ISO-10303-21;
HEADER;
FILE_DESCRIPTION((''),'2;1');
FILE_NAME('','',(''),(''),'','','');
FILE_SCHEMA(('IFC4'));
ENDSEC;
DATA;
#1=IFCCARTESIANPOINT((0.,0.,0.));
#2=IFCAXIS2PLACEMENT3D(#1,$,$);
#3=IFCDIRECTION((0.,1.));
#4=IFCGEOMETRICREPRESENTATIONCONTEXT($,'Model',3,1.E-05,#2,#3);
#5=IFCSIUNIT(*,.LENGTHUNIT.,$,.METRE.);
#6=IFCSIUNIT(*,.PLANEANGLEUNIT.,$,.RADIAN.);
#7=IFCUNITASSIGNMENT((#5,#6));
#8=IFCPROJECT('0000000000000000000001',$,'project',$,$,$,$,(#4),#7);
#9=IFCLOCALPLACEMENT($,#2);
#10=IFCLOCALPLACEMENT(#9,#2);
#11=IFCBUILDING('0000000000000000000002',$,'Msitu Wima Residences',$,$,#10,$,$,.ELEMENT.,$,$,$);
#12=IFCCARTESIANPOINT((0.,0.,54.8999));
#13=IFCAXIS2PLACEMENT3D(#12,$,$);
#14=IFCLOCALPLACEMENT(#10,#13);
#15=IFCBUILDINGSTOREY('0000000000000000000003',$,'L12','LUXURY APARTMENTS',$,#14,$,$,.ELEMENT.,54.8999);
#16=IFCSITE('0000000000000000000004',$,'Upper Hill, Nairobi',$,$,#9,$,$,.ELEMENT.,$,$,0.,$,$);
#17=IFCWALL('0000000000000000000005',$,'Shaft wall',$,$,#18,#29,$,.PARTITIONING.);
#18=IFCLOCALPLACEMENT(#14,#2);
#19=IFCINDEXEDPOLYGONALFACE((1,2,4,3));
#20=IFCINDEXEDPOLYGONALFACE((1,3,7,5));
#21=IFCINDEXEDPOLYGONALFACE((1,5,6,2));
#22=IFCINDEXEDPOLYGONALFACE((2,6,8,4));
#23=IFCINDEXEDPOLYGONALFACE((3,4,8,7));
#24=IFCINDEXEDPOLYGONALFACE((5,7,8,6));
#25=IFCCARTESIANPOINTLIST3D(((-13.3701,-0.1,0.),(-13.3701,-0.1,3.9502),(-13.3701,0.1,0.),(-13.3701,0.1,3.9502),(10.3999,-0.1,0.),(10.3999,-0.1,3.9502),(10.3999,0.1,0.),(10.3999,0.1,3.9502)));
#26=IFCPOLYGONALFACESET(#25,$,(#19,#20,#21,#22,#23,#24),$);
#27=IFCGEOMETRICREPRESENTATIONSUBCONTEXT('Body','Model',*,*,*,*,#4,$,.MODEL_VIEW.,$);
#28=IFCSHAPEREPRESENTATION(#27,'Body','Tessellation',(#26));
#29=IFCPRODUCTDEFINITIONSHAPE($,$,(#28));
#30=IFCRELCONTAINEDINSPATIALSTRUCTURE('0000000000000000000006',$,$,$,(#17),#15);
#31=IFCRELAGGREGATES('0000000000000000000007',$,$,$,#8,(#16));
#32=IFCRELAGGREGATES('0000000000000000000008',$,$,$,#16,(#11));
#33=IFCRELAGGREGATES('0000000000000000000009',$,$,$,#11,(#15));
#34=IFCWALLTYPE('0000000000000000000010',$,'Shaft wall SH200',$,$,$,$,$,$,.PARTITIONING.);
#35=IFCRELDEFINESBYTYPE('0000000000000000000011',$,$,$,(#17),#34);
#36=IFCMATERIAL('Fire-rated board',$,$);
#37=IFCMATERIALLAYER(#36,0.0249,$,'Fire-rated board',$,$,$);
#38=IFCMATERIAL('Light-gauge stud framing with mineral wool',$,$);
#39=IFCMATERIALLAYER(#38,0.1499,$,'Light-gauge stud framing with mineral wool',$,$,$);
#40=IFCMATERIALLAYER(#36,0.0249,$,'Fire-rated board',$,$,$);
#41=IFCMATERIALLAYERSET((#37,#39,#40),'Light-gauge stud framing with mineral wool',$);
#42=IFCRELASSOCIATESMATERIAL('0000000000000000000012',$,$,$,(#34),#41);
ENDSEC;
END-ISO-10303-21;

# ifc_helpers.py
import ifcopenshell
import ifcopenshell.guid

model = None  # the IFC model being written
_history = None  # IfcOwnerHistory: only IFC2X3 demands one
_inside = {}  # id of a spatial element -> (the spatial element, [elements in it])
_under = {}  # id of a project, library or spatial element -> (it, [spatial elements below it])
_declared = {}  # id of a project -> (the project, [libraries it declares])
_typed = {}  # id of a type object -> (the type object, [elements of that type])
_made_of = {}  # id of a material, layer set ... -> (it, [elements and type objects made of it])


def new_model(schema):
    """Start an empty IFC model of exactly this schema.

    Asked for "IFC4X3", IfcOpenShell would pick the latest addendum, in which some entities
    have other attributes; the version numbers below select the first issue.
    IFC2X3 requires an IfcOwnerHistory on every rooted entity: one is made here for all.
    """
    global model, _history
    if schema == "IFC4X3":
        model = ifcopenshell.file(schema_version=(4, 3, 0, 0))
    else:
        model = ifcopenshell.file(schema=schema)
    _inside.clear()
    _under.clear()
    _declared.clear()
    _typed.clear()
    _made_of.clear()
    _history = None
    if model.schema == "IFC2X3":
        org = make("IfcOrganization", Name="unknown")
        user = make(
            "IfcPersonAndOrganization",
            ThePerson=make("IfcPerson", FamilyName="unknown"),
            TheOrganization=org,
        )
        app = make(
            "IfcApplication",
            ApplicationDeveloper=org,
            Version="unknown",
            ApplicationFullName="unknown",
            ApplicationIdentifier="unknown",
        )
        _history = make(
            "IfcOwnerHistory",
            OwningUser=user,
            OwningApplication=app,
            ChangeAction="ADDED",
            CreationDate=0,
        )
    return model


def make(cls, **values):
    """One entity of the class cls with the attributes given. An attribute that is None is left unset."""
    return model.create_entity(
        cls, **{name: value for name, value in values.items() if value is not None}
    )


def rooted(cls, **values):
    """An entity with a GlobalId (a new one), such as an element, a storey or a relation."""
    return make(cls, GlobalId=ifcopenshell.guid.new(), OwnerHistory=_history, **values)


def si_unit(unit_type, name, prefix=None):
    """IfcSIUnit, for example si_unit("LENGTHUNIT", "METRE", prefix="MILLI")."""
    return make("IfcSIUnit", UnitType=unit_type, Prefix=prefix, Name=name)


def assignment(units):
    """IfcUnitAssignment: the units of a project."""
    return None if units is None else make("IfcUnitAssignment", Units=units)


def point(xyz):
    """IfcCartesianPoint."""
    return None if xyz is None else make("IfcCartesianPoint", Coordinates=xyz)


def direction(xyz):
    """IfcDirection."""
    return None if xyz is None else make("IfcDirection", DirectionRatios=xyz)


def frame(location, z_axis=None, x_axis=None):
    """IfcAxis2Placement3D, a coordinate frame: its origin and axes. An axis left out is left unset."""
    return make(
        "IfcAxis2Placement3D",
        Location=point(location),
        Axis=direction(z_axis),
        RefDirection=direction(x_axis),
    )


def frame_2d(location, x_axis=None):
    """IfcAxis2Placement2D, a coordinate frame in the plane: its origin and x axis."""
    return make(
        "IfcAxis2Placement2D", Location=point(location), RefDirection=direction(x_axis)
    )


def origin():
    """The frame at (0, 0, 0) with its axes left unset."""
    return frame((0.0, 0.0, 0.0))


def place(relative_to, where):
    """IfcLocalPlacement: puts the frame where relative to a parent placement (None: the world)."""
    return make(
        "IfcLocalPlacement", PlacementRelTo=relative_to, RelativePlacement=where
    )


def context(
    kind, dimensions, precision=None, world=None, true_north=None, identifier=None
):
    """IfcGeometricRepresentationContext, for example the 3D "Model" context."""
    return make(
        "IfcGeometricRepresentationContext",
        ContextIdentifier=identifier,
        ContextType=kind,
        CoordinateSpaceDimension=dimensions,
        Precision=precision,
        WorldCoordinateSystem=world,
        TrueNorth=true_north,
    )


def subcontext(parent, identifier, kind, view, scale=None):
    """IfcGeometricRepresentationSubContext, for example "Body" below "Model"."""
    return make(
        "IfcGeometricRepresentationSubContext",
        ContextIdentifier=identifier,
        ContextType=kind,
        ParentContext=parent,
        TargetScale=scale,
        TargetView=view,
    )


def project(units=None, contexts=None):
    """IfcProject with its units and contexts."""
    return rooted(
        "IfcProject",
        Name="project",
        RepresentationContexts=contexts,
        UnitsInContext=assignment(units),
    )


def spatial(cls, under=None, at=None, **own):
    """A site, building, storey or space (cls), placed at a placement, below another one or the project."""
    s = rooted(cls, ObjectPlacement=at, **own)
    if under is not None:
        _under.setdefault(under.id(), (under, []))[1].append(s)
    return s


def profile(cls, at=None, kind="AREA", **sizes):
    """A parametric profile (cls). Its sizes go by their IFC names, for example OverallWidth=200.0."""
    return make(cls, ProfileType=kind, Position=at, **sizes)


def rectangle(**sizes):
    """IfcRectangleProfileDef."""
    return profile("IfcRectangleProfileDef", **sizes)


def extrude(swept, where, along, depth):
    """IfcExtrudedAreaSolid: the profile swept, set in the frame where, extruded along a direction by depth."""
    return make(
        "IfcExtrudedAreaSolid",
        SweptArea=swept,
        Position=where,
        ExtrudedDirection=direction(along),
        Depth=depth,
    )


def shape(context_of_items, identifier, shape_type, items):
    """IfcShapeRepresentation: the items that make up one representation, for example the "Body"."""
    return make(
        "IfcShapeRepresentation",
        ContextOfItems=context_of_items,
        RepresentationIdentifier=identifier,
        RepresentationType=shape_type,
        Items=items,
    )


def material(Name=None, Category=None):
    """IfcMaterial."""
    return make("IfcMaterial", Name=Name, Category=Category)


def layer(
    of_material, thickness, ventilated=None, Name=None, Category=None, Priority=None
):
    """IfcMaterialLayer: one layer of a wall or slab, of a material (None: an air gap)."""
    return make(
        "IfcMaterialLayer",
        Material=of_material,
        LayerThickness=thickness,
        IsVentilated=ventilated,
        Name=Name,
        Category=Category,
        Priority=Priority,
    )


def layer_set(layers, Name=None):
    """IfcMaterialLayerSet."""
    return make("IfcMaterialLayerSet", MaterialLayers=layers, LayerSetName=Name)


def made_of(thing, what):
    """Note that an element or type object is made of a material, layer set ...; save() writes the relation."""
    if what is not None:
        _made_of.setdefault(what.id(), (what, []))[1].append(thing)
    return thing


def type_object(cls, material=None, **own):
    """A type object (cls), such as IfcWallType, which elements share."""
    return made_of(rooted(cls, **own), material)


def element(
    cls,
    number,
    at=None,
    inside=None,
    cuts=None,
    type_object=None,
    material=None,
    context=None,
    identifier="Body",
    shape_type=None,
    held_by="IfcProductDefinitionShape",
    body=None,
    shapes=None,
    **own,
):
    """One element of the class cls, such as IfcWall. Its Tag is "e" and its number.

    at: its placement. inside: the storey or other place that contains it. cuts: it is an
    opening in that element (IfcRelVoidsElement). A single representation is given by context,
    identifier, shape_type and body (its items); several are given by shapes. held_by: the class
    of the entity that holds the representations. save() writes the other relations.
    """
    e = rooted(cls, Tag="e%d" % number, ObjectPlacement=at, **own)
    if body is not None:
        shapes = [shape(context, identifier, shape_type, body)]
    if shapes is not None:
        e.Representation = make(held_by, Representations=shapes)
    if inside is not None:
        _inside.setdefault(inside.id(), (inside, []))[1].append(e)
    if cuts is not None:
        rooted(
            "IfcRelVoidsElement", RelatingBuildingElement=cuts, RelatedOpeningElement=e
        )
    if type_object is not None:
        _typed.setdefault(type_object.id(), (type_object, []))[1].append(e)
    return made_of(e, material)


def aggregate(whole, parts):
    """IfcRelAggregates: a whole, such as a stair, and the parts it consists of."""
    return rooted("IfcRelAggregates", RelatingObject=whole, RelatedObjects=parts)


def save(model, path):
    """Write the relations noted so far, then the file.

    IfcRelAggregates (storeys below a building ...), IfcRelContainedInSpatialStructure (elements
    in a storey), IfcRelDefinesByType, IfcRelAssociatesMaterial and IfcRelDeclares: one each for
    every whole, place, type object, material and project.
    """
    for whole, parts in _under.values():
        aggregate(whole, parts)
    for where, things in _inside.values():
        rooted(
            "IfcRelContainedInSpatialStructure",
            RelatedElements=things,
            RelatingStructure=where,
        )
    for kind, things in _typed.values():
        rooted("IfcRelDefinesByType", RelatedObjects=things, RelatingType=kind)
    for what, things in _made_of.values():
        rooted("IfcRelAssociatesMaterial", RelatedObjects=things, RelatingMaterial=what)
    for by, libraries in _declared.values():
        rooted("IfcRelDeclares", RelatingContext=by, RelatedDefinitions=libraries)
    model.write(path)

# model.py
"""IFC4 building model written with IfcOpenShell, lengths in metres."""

from ifc_helpers import new_model, si_unit, direction, frame, frame_2d, origin, place, context, subcontext, project, spatial, rectangle, extrude, material, layer, layer_set, type_object, element, save


model = new_model("IFC4")

# Units and contexts
model_context = context("Model", 3, precision=1e-05, world=origin(), true_north=direction((0.0, 1.0)))
body_context = subcontext(model_context, "Body", "Model", "MODEL_VIEW")
ifc_project = project(units=[si_unit("LENGTHUNIT", "METRE"), si_unit("PLANEANGLEUNIT", "RADIAN")], contexts=[model_context])

# Site, building, storey
site_placement = place(None, origin())
site = spatial("IfcSite", under=ifc_project, at=site_placement, Name="Upper Hill, Nairobi", CompositionType="ELEMENT", RefElevation=0.0)
building_placement = place(site_placement, origin())
building = spatial("IfcBuilding", under=site, at=building_placement, Name="Msitu Wima Residences", CompositionType="ELEMENT")
storey_placement = place(building_placement, frame((0.0, 0.0, 54.8999)))
storey = spatial("IfcBuildingStorey", under=building, at=storey_placement, Name="L12", Description="LUXURY APARTMENTS", CompositionType="ELEMENT", Elevation=54.8999)

# Wall
ifc_material_1 = material(Name="Fire-rated board")
ifc_layer_1 = layer(ifc_material_1, 0.0249, Name="Fire-rated board")
ifc_material_2 = material(Name="Light-gauge stud framing with mineral wool")
ifc_layer_2 = layer(ifc_material_2, 0.1499, Name="Light-gauge stud framing with mineral wool")
ifc_layer_3 = layer(ifc_material_1, 0.0249, Name="Fire-rated board")
ifc_layer_set_1 = layer_set([ifc_layer_1, ifc_layer_2, ifc_layer_3], Name="Light-gauge stud framing with mineral wool")
wall_type_1 = type_object("IfcWallType", Name="Shaft wall SH200", PredefinedType="PARTITIONING", material=ifc_layer_set_1)
wall_1_placement = place(storey_placement, frame((-13.3701, 0.0, 0.0), z_axis=(0.0, 0.0, 1.0), x_axis=(1.0, 0.0, 0.0)))
element("IfcWall", 1, at=wall_1_placement, inside=storey, type_object=wall_type_1, Name="Shaft wall", PredefinedType="PARTITIONING", context=body_context, shape_type="SweptSolid", body=[
    extrude(rectangle(XDim=23.77, YDim=0.2, at=frame_2d((11.885, 0.0))), origin(), (0.0, 0.0, 1.0), 3.9502),
])

save(model, "model.ifc")
